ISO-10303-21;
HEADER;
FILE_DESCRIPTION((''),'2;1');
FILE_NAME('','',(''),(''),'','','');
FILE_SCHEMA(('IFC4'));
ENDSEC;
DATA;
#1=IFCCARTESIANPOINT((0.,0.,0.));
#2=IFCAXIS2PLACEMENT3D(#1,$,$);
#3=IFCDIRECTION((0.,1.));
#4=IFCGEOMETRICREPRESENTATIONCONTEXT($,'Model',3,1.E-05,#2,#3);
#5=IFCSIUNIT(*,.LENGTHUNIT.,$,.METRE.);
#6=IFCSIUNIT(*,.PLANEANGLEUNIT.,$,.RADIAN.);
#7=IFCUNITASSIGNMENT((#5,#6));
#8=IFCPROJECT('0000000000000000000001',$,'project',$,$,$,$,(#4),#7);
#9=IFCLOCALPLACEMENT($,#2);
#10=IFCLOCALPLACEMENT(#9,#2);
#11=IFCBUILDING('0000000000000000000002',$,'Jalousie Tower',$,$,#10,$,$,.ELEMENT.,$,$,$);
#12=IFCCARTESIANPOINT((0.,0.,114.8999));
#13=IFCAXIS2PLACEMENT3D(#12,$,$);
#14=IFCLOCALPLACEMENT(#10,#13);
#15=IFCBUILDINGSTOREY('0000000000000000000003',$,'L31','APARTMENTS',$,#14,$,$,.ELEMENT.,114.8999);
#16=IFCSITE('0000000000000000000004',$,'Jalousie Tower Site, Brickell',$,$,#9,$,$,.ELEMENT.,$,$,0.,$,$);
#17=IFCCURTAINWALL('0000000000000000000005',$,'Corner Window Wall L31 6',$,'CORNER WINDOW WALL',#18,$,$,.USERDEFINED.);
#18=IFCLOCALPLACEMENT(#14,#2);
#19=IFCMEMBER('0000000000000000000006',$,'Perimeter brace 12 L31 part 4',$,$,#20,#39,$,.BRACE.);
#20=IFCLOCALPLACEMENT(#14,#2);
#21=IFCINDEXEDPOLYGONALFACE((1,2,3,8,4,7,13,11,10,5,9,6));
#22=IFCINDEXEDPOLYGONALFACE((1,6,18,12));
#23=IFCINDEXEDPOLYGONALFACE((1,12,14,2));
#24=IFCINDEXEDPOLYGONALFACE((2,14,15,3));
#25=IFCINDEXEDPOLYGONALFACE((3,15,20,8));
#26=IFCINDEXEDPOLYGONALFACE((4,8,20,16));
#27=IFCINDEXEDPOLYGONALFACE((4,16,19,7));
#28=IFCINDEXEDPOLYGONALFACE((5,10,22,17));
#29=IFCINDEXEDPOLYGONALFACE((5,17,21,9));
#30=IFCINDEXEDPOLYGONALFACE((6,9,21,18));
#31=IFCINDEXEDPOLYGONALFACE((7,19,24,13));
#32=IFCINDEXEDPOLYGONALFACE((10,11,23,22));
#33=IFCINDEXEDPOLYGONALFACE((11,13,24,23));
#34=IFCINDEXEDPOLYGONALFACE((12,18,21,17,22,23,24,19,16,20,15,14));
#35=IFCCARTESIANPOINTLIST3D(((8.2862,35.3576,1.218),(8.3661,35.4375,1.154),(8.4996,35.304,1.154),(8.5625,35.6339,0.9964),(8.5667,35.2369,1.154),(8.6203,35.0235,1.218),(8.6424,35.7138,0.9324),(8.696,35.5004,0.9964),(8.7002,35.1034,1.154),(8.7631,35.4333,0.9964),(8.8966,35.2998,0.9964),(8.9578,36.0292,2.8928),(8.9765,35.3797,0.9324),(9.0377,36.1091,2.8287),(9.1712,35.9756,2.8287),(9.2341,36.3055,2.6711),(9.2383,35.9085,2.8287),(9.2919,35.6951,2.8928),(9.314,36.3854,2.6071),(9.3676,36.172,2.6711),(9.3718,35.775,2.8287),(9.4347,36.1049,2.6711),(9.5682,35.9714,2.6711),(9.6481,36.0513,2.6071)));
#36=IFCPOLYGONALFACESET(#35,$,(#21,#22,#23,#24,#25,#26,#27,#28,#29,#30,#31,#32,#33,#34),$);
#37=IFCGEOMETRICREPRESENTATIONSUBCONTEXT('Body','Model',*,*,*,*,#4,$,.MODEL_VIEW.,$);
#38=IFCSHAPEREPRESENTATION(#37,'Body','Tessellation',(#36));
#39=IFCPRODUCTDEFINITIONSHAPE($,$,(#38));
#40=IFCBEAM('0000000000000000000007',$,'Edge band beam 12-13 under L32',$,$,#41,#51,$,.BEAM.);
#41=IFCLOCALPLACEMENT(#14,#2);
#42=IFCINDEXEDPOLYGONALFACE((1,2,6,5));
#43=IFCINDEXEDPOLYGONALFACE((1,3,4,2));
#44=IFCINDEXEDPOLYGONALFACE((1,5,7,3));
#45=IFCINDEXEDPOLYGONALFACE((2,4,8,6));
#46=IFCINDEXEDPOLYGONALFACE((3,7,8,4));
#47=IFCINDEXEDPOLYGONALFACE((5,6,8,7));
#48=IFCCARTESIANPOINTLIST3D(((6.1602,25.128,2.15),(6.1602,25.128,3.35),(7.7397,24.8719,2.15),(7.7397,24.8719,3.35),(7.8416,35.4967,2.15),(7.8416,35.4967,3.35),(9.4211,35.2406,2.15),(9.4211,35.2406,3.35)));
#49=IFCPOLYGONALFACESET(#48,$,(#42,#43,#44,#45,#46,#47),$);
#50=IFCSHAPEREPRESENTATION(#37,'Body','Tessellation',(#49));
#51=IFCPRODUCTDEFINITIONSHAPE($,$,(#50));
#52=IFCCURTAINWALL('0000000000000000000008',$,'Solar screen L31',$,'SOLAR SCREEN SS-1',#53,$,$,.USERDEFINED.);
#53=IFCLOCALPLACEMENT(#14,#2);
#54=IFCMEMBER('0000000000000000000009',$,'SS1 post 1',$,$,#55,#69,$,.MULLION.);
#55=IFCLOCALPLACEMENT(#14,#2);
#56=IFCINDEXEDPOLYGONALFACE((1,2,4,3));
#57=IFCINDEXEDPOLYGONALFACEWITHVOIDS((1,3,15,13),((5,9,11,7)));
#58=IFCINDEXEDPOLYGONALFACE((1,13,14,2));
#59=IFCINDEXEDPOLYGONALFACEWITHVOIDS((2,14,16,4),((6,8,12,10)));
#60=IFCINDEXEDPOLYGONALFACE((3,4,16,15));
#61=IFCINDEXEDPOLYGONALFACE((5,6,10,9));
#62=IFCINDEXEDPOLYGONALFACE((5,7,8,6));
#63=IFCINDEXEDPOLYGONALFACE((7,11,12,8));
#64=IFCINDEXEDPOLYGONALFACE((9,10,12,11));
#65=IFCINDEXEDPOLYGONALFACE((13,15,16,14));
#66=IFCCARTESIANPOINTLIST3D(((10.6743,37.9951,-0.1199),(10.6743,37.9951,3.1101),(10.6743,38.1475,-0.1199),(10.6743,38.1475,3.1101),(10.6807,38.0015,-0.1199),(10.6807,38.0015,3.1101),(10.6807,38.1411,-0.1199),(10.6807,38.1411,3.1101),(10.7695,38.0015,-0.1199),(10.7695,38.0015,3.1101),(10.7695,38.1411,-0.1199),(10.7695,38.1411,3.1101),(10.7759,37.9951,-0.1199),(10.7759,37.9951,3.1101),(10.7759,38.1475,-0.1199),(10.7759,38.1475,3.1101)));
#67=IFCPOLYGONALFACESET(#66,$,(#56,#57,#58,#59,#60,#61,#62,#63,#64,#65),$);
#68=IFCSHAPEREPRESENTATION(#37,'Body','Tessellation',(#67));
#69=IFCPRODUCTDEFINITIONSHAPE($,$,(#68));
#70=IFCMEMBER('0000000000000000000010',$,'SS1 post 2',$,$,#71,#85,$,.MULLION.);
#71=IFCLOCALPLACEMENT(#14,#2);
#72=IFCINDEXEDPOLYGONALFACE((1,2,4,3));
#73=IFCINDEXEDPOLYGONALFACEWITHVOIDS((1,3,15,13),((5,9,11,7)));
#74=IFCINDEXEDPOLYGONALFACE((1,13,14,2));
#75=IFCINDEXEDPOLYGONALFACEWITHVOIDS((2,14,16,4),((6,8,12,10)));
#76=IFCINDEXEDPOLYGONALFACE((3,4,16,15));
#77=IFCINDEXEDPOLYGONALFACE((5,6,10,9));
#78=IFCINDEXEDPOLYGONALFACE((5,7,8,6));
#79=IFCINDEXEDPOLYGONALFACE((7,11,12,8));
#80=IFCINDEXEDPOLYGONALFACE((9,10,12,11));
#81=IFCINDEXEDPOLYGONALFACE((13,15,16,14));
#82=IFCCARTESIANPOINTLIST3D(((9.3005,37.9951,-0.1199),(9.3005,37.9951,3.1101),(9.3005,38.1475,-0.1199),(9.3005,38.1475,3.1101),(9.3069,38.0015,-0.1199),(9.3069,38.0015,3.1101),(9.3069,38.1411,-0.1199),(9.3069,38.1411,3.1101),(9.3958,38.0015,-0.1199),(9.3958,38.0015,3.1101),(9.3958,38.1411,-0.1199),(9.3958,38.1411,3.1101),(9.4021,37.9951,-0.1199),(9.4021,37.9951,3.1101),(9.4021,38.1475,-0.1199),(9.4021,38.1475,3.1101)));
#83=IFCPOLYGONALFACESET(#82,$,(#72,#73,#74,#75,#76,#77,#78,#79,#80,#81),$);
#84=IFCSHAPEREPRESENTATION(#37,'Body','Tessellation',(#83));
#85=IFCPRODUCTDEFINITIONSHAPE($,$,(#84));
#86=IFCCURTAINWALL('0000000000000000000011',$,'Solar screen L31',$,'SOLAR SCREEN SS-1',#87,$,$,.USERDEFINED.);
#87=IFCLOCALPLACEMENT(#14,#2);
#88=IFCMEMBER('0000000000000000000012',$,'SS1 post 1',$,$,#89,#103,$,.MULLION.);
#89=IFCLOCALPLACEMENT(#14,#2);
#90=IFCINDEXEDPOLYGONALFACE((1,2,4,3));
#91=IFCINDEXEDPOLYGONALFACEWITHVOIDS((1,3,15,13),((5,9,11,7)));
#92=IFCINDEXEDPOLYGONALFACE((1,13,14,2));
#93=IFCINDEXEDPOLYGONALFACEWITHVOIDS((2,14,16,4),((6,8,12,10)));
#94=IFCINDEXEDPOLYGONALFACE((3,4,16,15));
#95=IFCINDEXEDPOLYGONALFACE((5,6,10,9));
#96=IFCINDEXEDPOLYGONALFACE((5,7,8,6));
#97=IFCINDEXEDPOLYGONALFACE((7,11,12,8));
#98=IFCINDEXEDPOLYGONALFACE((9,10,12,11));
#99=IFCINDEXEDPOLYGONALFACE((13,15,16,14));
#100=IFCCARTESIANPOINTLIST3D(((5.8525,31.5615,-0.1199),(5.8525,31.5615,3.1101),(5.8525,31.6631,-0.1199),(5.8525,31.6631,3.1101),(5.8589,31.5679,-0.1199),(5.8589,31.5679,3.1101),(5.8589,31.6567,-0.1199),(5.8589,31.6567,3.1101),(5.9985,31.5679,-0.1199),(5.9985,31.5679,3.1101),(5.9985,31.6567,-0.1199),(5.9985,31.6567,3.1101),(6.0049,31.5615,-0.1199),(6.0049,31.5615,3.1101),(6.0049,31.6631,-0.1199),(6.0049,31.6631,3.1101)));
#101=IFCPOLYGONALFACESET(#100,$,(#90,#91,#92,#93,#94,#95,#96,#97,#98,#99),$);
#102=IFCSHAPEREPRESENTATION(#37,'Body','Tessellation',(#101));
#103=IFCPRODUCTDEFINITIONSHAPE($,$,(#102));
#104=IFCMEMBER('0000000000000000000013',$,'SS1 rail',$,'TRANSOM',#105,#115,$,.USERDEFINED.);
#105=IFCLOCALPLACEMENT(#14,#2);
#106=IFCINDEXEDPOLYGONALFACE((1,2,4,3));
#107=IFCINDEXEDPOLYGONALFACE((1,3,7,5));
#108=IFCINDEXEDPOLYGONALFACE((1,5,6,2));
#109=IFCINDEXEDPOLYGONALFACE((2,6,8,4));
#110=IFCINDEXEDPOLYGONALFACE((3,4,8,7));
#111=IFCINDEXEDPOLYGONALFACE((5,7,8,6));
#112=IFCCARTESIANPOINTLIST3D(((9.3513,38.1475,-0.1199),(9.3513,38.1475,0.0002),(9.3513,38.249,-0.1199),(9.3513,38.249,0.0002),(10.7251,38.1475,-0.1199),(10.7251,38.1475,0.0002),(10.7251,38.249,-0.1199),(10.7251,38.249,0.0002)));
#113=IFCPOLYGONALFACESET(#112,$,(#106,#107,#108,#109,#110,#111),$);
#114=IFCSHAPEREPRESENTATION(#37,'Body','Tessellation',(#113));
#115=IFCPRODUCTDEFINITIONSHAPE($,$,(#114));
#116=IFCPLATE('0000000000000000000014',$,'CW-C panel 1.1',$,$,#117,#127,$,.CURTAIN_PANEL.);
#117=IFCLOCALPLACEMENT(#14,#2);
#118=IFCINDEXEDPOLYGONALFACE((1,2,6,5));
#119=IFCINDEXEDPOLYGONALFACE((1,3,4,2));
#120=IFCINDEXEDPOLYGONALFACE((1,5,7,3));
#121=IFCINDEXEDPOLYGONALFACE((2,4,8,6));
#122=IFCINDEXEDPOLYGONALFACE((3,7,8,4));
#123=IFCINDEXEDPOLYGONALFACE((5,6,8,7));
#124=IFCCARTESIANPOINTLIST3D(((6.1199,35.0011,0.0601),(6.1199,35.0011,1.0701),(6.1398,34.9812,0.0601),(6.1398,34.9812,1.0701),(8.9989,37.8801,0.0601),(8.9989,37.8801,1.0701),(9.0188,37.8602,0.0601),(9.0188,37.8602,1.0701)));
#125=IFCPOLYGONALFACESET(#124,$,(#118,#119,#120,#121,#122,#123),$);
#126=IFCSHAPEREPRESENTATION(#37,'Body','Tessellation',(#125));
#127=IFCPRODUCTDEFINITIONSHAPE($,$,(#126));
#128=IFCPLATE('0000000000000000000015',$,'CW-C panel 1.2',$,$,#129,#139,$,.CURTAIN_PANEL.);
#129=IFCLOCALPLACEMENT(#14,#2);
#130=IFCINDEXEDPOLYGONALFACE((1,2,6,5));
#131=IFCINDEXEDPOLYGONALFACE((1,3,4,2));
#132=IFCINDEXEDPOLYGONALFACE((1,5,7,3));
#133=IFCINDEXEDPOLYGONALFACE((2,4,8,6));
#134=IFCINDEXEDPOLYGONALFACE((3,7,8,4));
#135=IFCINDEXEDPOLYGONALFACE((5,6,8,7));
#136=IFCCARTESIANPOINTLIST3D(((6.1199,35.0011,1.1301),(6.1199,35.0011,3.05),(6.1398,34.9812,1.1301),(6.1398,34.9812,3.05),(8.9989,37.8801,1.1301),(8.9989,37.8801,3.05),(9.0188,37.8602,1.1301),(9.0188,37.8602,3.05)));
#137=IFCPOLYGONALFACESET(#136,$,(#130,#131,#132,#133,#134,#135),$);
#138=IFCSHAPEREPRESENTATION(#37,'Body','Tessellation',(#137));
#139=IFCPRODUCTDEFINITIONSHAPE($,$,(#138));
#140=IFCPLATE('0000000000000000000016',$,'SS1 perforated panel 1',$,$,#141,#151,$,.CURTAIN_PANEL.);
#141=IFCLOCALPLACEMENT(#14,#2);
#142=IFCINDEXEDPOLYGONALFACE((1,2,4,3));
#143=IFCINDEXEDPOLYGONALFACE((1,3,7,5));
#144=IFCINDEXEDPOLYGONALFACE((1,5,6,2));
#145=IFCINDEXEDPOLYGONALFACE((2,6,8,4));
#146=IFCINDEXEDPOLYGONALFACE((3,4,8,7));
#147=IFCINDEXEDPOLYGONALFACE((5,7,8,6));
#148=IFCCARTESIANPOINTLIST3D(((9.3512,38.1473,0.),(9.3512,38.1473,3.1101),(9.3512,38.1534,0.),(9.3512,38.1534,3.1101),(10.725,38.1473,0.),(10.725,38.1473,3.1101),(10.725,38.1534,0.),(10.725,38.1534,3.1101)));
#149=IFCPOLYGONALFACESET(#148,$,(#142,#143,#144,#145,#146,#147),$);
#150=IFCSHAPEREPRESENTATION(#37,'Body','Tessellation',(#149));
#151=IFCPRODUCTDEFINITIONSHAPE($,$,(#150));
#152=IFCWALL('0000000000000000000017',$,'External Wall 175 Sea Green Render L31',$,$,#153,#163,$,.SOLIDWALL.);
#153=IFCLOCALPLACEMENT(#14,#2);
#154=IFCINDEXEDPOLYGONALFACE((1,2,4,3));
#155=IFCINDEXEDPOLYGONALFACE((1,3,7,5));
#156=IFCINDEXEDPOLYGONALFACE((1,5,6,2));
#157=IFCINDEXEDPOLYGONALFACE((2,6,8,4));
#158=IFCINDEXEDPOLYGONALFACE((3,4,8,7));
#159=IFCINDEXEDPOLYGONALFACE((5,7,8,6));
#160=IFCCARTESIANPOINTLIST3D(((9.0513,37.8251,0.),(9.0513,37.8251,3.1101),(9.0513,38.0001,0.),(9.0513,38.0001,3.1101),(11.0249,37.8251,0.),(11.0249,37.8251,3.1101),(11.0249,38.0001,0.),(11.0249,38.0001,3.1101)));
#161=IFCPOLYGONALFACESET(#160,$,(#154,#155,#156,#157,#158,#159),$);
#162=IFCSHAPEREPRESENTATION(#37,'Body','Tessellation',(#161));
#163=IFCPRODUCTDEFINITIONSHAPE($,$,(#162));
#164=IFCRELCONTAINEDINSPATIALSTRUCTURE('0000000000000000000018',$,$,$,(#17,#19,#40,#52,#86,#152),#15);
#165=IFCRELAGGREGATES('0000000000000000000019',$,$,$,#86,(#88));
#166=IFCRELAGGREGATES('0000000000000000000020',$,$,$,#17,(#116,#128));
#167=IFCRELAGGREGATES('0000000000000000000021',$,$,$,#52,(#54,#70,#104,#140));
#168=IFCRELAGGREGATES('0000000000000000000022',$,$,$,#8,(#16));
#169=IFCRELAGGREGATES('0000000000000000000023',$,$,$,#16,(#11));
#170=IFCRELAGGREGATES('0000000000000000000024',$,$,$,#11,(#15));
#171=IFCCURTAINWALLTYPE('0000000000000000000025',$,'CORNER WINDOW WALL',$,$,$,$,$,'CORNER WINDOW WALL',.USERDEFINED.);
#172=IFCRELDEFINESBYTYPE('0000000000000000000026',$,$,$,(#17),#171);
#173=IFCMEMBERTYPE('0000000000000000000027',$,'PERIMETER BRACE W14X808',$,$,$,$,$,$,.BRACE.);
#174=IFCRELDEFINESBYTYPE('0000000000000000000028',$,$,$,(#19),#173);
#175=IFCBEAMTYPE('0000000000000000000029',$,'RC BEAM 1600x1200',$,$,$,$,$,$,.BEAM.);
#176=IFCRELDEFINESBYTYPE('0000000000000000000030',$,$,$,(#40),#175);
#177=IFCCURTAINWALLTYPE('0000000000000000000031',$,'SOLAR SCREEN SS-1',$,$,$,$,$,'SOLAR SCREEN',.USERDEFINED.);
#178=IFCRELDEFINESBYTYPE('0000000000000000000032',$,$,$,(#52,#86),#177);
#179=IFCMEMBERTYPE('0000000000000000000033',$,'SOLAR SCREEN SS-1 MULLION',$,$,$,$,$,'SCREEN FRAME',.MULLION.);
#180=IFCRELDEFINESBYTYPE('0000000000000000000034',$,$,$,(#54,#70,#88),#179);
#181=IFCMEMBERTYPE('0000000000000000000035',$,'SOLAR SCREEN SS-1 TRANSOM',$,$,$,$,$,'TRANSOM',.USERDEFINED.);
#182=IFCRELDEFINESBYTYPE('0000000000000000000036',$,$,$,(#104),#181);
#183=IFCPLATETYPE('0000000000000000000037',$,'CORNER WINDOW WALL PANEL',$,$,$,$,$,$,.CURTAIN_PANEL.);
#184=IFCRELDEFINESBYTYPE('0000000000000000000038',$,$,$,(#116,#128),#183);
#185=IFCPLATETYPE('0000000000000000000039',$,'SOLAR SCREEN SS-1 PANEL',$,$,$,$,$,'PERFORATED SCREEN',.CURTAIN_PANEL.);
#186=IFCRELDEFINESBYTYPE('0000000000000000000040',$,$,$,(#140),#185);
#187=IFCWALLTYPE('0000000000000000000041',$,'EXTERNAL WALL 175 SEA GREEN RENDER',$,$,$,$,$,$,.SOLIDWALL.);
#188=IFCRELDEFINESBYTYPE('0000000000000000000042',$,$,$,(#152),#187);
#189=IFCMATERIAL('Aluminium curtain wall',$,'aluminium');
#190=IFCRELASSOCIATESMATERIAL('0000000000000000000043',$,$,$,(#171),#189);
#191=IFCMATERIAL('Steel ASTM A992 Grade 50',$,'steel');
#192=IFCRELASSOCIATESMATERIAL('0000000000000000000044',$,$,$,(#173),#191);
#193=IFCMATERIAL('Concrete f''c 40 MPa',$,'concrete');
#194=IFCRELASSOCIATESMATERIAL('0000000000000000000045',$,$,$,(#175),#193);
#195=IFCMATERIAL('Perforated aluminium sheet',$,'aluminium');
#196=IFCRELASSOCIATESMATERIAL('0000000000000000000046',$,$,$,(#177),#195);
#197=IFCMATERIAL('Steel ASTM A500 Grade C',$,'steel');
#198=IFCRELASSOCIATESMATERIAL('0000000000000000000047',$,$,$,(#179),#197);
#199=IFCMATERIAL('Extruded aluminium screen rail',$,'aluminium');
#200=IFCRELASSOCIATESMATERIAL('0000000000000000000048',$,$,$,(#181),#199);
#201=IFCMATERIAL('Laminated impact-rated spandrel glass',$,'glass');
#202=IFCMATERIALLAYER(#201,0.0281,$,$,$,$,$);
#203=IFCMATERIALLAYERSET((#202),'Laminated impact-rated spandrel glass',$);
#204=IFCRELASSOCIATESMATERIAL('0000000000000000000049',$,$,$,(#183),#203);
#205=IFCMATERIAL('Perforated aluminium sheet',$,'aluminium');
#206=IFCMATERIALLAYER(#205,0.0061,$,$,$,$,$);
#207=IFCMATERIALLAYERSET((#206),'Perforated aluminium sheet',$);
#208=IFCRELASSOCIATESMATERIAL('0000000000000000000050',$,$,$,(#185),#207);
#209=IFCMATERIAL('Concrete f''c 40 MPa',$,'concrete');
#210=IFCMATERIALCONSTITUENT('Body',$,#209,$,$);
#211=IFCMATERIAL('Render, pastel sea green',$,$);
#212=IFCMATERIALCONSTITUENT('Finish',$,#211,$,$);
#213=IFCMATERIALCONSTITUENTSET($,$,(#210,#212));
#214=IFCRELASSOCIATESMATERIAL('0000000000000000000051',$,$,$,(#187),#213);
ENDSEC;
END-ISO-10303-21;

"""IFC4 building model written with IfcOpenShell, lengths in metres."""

from ifc_helpers import new_model, si_unit, direction, frame, frame_2d, origin, origin_2d, place, context, subcontext, project, spatial, rectangle, hollow_rectangle, i_section, extrude, material, layer, layer_set, constituent, constituent_set, material_profile, profile_set, type_object, element, aggregate, save


model = new_model("IFC4")

# Units and contexts
model_context = context("Model", 3, precision=1e-05, world=origin(), true_north=direction((0.0, 1.0)))
body_context = subcontext(model_context, "Body", "Model", "MODEL_VIEW")
ifc_project = project(units=[si_unit("LENGTHUNIT", "METRE"), si_unit("PLANEANGLEUNIT", "RADIAN")], contexts=[model_context])

# Site, building, storey
site_placement = place(None, origin())
site = spatial("IfcSite", under=ifc_project, at=site_placement, Name="Jalousie Tower Site, Brickell", CompositionType="ELEMENT", RefElevation=0.0)
building_placement = place(site_placement, origin())
building = spatial("IfcBuilding", under=site, at=building_placement, Name="Jalousie Tower", CompositionType="ELEMENT")
storey_placement = place(building_placement, frame((0.0, 0.0, 114.8999)))
storey = spatial("IfcBuildingStorey", under=building, at=storey_placement, Name="L31", Description="APARTMENTS", CompositionType="ELEMENT", Elevation=114.8999)

# Curtain wall
ifc_material_1 = material(Name="Aluminium curtain wall", Category="aluminium")
curtain_wall_type_1 = type_object("IfcCurtainWallType", Name="CORNER WINDOW WALL", ElementType="CORNER WINDOW WALL", PredefinedType="USERDEFINED", material=ifc_material_1)
curtain_wall_1_placement = place(storey_placement, origin())
curtain_wall_1 = element("IfcCurtainWall", 1, at=curtain_wall_1_placement, inside=storey, type_object=curtain_wall_type_1, Name="Corner Window Wall L31 6", ObjectType="CORNER WINDOW WALL", PredefinedType="USERDEFINED")

# Member
ifc_material_2 = material(Name="Steel ASTM A992 Grade 50", Category="steel")
ifc_material_profile_1 = material_profile(ifc_material_2, i_section(OverallWidth=0.4724, OverallDepth=0.5791, WebThickness=0.095, FlangeThickness=0.1299, at=origin_2d()), Name="W14X808")
ifc_profile_set_1 = profile_set([ifc_material_profile_1], Name="Steel ASTM A992 Grade 50")
member_type_1 = type_object("IfcMemberType", Name="PERIMETER BRACE W14X808", PredefinedType="BRACE", material=ifc_profile_set_1)
member_1_placement = place(storey_placement, frame((8.6313, 35.3687, 1.0752), z_axis=(0.348828, 0.348828, 0.86985), x_axis=(-0.707107, 0.707107, 0.0)))
element("IfcMember", 2, at=member_1_placement, inside=storey, type_object=member_type_1, Name="Perimeter brace 12 L31 part 4", PredefinedType="BRACE", context=body_context, shape_type="SweptSolid", body=[
    extrude(i_section(OverallWidth=0.4724, OverallDepth=0.5791, WebThickness=0.095, FlangeThickness=0.1299, at=origin_2d()), origin(), (0.0, 0.0, 1.0), 1.9253),
])

# Beam
ifc_material_3 = material(Name="Concrete f'c 40 MPa", Category="concrete")
ifc_material_profile_2 = material_profile(ifc_material_3, rectangle(XDim=1.6001, YDim=1.2, at=origin_2d()), Name="RC 1600x1200")
ifc_profile_set_2 = profile_set([ifc_material_profile_2], Name="Concrete f'c 40 MPa")
beam_type_1 = type_object("IfcBeamType", Name="RC BEAM 1600x1200", PredefinedType="BEAM", material=ifc_profile_set_2)
beam_1_placement = place(storey_placement, frame((8.6313, 35.3687, 2.75), z_axis=(-0.160071, -0.987106, 0.0), x_axis=(0.987106, -0.160071, 0.0)))
element("IfcBeam", 3, at=beam_1_placement, inside=storey, type_object=beam_type_1, Name="Edge band beam 12-13 under L32", PredefinedType="BEAM", context=body_context, shape_type="SweptSolid", body=[
    extrude(rectangle(XDim=1.6001, YDim=1.2, at=origin_2d()), origin(), (0.0, 0.0, 1.0), 10.5042),
])

# Curtain wall, members
ifc_material_4 = material(Name="Perforated aluminium sheet", Category="aluminium")
curtain_wall_type_2 = type_object("IfcCurtainWallType", Name="SOLAR SCREEN SS-1", ElementType="SOLAR SCREEN", PredefinedType="USERDEFINED", material=ifc_material_4)
curtain_wall_2_placement = place(storey_placement, origin())
curtain_wall_2 = element("IfcCurtainWall", 4, at=curtain_wall_2_placement, inside=storey, type_object=curtain_wall_type_2, Name="Solar screen L31", ObjectType="SOLAR SCREEN SS-1", PredefinedType="USERDEFINED")
ifc_material_5 = material(Name="Steel ASTM A500 Grade C", Category="steel")
ifc_material_profile_3 = material_profile(ifc_material_5, hollow_rectangle(XDim=0.1016, YDim=0.1523, WallThickness=0.0063, at=origin_2d()), Name="HSS6X4X1/4")
ifc_profile_set_3 = profile_set([ifc_material_profile_3], Name="Steel ASTM A500 Grade C")
member_type_2 = type_object("IfcMemberType", Name="SOLAR SCREEN SS-1 MULLION", ElementType="SCREEN FRAME", PredefinedType="MULLION", material=ifc_profile_set_3)
member_2_placement = place(storey_placement, frame((10.7251, 38.0713, -0.1199), z_axis=(0.0, 0.0, 1.0), x_axis=(-1.0, 0.0, 0.0)))
member_2 = element("IfcMember", 5, at=member_2_placement, type_object=member_type_2, Name="SS1 post 1", PredefinedType="MULLION", context=body_context, shape_type="SweptSolid", body=[
    extrude(hollow_rectangle(XDim=0.1016, YDim=0.1523, WallThickness=0.0063, at=origin_2d()), origin(), (0.0, 0.0, 1.0), 3.23),
])
member_3_placement = place(storey_placement, frame((9.3513, 38.0713, -0.1199), z_axis=(0.0, 0.0, 1.0), x_axis=(-1.0, 0.0, 0.0)))
member_3 = element("IfcMember", 6, at=member_3_placement, type_object=member_type_2, Name="SS1 post 2", PredefinedType="MULLION", context=body_context, shape_type="SweptSolid", body=[
    extrude(hollow_rectangle(XDim=0.1016, YDim=0.1523, WallThickness=0.0063, at=origin_2d()), origin(), (0.0, 0.0, 1.0), 3.23),
])

# Curtain wall, member
curtain_wall_3_placement = place(storey_placement, origin())
curtain_wall_3 = element("IfcCurtainWall", 7, at=curtain_wall_3_placement, inside=storey, type_object=curtain_wall_type_2, Name="Solar screen L31", ObjectType="SOLAR SCREEN SS-1", PredefinedType="USERDEFINED")
member_4_placement = place(storey_placement, frame((5.9287, 31.6123, -0.1199), z_axis=(0.0, 0.0, 1.0), x_axis=(0.0, -1.0, 0.0)))
member_4 = element("IfcMember", 8, at=member_4_placement, type_object=member_type_2, Name="SS1 post 1", PredefinedType="MULLION", context=body_context, shape_type="SweptSolid", body=[
    extrude(hollow_rectangle(XDim=0.1016, YDim=0.1523, WallThickness=0.0063, at=origin_2d()), origin(), (0.0, 0.0, 1.0), 3.23),
])
aggregate(curtain_wall_3, [member_4])

# Member
ifc_material_6 = material(Name="Extruded aluminium screen rail", Category="aluminium")
ifc_material_profile_4 = material_profile(ifc_material_6, rectangle(XDim=0.1016, YDim=0.1201, at=origin_2d()), Name="RAIL 102x120")
ifc_profile_set_4 = profile_set([ifc_material_profile_4], Name="Extruded aluminium screen rail")
member_type_3 = type_object("IfcMemberType", Name="SOLAR SCREEN SS-1 TRANSOM", ElementType="TRANSOM", PredefinedType="USERDEFINED", material=ifc_profile_set_4)
member_5_placement = place(storey_placement, frame((10.7251, 38.1982, -0.0598), z_axis=(-1.0, 0.0, 0.0), x_axis=(0.0, -1.0, 0.0)))
member_5 = element("IfcMember", 9, at=member_5_placement, type_object=member_type_3, Name="SS1 rail", ObjectType="TRANSOM", PredefinedType="USERDEFINED", context=body_context, shape_type="SweptSolid", body=[
    extrude(rectangle(XDim=0.1016, YDim=0.1201, at=origin_2d()), origin(), (0.0, 0.0, 1.0), 1.3738),
])

# Plates
ifc_material_7 = material(Name="Laminated impact-rated spandrel glass", Category="glass")
ifc_layer_1 = layer(ifc_material_7, 0.0281)
ifc_layer_set_1 = layer_set([ifc_layer_1], Name="Laminated impact-rated spandrel glass")
plate_type_1 = type_object("IfcPlateType", Name="CORNER WINDOW WALL PANEL", PredefinedType="CURTAIN_PANEL", material=ifc_layer_set_1)
plate_1_placement = place(storey_placement, frame((7.5693, 36.4307, 0.0601), z_axis=(0.0, 0.0, 1.0), x_axis=(-0.707107, -0.707107, 0.0)))
plate_1 = element("IfcPlate", 10, at=plate_1_placement, type_object=plate_type_1, Name="CW-C panel 1.1", PredefinedType="CURTAIN_PANEL", context=body_context, shape_type="SweptSolid", body=[
    extrude(rectangle(XDim=4.0715, YDim=0.0281, at=origin_2d()), origin(), (0.0, 0.0, 1.0), 1.01),
])
plate_2_placement = place(storey_placement, frame((7.5693, 36.4307, 1.1301), z_axis=(0.0, 0.0, 1.0), x_axis=(-0.707107, -0.707107, 0.0)))
plate_2 = element("IfcPlate", 11, at=plate_2_placement, type_object=plate_type_1, Name="CW-C panel 1.2", PredefinedType="CURTAIN_PANEL", context=body_context, shape_type="SweptSolid", body=[
    extrude(rectangle(XDim=4.0715, YDim=0.0281, at=origin_2d()), origin(), (0.0, 0.0, 1.0), 1.9199),
])
aggregate(curtain_wall_1, [plate_1, plate_2])
ifc_material_8 = material(Name="Perforated aluminium sheet", Category="aluminium")
ifc_layer_2 = layer(ifc_material_8, 0.0061)
ifc_layer_set_2 = layer_set([ifc_layer_2], Name="Perforated aluminium sheet")
plate_type_2 = type_object("IfcPlateType", Name="SOLAR SCREEN SS-1 PANEL", ElementType="PERFORATED SCREEN", PredefinedType="CURTAIN_PANEL", material=ifc_layer_set_2)
plate_3_placement = place(storey_placement, frame((10.0381, 38.1504, 0.0), z_axis=(0.0, 0.0, 1.0), x_axis=(-1.0, 0.0, 0.0)))
plate_3 = element("IfcPlate", 12, at=plate_3_placement, type_object=plate_type_2, Name="SS1 perforated panel 1", PredefinedType="CURTAIN_PANEL", context=body_context, shape_type="SweptSolid", body=[
    extrude(rectangle(XDim=1.3738, YDim=0.0061, at=origin_2d()), origin(), (0.0, 0.0, 1.0), 3.1101),
])
aggregate(curtain_wall_2, [member_2, member_3, member_5, plate_3])

# Wall
ifc_material_9 = material(Name="Concrete f'c 40 MPa", Category="concrete")
ifc_constituent_1 = constituent(ifc_material_9, Name="Body")
ifc_material_10 = material(Name="Render, pastel sea green")
ifc_constituent_2 = constituent(ifc_material_10, Name="Finish")
ifc_constituent_set = constituent_set(constituents=[ifc_constituent_1, ifc_constituent_2])
wall_type = type_object("IfcWallType", Name="EXTERNAL WALL 175 SEA GREEN RENDER", PredefinedType="SOLIDWALL", material=ifc_constituent_set)
wall_1_placement = place(storey_placement, frame((11.0249, 37.9126, 0.0), z_axis=(0.0, 0.0, 1.0), x_axis=(-1.0, 0.0, 0.0)))
element("IfcWall", 13, at=wall_1_placement, inside=storey, type_object=wall_type, Name="External Wall 175 Sea Green Render L31", PredefinedType="SOLIDWALL", context=body_context, shape_type="SweptSolid", body=[
    extrude(rectangle(XDim=1.9736, YDim=0.175, at=frame_2d((0.9868, 0.0))), origin(), (0.0, 0.0, 1.0), 3.1101),
])

save(model, "model.ifc")
